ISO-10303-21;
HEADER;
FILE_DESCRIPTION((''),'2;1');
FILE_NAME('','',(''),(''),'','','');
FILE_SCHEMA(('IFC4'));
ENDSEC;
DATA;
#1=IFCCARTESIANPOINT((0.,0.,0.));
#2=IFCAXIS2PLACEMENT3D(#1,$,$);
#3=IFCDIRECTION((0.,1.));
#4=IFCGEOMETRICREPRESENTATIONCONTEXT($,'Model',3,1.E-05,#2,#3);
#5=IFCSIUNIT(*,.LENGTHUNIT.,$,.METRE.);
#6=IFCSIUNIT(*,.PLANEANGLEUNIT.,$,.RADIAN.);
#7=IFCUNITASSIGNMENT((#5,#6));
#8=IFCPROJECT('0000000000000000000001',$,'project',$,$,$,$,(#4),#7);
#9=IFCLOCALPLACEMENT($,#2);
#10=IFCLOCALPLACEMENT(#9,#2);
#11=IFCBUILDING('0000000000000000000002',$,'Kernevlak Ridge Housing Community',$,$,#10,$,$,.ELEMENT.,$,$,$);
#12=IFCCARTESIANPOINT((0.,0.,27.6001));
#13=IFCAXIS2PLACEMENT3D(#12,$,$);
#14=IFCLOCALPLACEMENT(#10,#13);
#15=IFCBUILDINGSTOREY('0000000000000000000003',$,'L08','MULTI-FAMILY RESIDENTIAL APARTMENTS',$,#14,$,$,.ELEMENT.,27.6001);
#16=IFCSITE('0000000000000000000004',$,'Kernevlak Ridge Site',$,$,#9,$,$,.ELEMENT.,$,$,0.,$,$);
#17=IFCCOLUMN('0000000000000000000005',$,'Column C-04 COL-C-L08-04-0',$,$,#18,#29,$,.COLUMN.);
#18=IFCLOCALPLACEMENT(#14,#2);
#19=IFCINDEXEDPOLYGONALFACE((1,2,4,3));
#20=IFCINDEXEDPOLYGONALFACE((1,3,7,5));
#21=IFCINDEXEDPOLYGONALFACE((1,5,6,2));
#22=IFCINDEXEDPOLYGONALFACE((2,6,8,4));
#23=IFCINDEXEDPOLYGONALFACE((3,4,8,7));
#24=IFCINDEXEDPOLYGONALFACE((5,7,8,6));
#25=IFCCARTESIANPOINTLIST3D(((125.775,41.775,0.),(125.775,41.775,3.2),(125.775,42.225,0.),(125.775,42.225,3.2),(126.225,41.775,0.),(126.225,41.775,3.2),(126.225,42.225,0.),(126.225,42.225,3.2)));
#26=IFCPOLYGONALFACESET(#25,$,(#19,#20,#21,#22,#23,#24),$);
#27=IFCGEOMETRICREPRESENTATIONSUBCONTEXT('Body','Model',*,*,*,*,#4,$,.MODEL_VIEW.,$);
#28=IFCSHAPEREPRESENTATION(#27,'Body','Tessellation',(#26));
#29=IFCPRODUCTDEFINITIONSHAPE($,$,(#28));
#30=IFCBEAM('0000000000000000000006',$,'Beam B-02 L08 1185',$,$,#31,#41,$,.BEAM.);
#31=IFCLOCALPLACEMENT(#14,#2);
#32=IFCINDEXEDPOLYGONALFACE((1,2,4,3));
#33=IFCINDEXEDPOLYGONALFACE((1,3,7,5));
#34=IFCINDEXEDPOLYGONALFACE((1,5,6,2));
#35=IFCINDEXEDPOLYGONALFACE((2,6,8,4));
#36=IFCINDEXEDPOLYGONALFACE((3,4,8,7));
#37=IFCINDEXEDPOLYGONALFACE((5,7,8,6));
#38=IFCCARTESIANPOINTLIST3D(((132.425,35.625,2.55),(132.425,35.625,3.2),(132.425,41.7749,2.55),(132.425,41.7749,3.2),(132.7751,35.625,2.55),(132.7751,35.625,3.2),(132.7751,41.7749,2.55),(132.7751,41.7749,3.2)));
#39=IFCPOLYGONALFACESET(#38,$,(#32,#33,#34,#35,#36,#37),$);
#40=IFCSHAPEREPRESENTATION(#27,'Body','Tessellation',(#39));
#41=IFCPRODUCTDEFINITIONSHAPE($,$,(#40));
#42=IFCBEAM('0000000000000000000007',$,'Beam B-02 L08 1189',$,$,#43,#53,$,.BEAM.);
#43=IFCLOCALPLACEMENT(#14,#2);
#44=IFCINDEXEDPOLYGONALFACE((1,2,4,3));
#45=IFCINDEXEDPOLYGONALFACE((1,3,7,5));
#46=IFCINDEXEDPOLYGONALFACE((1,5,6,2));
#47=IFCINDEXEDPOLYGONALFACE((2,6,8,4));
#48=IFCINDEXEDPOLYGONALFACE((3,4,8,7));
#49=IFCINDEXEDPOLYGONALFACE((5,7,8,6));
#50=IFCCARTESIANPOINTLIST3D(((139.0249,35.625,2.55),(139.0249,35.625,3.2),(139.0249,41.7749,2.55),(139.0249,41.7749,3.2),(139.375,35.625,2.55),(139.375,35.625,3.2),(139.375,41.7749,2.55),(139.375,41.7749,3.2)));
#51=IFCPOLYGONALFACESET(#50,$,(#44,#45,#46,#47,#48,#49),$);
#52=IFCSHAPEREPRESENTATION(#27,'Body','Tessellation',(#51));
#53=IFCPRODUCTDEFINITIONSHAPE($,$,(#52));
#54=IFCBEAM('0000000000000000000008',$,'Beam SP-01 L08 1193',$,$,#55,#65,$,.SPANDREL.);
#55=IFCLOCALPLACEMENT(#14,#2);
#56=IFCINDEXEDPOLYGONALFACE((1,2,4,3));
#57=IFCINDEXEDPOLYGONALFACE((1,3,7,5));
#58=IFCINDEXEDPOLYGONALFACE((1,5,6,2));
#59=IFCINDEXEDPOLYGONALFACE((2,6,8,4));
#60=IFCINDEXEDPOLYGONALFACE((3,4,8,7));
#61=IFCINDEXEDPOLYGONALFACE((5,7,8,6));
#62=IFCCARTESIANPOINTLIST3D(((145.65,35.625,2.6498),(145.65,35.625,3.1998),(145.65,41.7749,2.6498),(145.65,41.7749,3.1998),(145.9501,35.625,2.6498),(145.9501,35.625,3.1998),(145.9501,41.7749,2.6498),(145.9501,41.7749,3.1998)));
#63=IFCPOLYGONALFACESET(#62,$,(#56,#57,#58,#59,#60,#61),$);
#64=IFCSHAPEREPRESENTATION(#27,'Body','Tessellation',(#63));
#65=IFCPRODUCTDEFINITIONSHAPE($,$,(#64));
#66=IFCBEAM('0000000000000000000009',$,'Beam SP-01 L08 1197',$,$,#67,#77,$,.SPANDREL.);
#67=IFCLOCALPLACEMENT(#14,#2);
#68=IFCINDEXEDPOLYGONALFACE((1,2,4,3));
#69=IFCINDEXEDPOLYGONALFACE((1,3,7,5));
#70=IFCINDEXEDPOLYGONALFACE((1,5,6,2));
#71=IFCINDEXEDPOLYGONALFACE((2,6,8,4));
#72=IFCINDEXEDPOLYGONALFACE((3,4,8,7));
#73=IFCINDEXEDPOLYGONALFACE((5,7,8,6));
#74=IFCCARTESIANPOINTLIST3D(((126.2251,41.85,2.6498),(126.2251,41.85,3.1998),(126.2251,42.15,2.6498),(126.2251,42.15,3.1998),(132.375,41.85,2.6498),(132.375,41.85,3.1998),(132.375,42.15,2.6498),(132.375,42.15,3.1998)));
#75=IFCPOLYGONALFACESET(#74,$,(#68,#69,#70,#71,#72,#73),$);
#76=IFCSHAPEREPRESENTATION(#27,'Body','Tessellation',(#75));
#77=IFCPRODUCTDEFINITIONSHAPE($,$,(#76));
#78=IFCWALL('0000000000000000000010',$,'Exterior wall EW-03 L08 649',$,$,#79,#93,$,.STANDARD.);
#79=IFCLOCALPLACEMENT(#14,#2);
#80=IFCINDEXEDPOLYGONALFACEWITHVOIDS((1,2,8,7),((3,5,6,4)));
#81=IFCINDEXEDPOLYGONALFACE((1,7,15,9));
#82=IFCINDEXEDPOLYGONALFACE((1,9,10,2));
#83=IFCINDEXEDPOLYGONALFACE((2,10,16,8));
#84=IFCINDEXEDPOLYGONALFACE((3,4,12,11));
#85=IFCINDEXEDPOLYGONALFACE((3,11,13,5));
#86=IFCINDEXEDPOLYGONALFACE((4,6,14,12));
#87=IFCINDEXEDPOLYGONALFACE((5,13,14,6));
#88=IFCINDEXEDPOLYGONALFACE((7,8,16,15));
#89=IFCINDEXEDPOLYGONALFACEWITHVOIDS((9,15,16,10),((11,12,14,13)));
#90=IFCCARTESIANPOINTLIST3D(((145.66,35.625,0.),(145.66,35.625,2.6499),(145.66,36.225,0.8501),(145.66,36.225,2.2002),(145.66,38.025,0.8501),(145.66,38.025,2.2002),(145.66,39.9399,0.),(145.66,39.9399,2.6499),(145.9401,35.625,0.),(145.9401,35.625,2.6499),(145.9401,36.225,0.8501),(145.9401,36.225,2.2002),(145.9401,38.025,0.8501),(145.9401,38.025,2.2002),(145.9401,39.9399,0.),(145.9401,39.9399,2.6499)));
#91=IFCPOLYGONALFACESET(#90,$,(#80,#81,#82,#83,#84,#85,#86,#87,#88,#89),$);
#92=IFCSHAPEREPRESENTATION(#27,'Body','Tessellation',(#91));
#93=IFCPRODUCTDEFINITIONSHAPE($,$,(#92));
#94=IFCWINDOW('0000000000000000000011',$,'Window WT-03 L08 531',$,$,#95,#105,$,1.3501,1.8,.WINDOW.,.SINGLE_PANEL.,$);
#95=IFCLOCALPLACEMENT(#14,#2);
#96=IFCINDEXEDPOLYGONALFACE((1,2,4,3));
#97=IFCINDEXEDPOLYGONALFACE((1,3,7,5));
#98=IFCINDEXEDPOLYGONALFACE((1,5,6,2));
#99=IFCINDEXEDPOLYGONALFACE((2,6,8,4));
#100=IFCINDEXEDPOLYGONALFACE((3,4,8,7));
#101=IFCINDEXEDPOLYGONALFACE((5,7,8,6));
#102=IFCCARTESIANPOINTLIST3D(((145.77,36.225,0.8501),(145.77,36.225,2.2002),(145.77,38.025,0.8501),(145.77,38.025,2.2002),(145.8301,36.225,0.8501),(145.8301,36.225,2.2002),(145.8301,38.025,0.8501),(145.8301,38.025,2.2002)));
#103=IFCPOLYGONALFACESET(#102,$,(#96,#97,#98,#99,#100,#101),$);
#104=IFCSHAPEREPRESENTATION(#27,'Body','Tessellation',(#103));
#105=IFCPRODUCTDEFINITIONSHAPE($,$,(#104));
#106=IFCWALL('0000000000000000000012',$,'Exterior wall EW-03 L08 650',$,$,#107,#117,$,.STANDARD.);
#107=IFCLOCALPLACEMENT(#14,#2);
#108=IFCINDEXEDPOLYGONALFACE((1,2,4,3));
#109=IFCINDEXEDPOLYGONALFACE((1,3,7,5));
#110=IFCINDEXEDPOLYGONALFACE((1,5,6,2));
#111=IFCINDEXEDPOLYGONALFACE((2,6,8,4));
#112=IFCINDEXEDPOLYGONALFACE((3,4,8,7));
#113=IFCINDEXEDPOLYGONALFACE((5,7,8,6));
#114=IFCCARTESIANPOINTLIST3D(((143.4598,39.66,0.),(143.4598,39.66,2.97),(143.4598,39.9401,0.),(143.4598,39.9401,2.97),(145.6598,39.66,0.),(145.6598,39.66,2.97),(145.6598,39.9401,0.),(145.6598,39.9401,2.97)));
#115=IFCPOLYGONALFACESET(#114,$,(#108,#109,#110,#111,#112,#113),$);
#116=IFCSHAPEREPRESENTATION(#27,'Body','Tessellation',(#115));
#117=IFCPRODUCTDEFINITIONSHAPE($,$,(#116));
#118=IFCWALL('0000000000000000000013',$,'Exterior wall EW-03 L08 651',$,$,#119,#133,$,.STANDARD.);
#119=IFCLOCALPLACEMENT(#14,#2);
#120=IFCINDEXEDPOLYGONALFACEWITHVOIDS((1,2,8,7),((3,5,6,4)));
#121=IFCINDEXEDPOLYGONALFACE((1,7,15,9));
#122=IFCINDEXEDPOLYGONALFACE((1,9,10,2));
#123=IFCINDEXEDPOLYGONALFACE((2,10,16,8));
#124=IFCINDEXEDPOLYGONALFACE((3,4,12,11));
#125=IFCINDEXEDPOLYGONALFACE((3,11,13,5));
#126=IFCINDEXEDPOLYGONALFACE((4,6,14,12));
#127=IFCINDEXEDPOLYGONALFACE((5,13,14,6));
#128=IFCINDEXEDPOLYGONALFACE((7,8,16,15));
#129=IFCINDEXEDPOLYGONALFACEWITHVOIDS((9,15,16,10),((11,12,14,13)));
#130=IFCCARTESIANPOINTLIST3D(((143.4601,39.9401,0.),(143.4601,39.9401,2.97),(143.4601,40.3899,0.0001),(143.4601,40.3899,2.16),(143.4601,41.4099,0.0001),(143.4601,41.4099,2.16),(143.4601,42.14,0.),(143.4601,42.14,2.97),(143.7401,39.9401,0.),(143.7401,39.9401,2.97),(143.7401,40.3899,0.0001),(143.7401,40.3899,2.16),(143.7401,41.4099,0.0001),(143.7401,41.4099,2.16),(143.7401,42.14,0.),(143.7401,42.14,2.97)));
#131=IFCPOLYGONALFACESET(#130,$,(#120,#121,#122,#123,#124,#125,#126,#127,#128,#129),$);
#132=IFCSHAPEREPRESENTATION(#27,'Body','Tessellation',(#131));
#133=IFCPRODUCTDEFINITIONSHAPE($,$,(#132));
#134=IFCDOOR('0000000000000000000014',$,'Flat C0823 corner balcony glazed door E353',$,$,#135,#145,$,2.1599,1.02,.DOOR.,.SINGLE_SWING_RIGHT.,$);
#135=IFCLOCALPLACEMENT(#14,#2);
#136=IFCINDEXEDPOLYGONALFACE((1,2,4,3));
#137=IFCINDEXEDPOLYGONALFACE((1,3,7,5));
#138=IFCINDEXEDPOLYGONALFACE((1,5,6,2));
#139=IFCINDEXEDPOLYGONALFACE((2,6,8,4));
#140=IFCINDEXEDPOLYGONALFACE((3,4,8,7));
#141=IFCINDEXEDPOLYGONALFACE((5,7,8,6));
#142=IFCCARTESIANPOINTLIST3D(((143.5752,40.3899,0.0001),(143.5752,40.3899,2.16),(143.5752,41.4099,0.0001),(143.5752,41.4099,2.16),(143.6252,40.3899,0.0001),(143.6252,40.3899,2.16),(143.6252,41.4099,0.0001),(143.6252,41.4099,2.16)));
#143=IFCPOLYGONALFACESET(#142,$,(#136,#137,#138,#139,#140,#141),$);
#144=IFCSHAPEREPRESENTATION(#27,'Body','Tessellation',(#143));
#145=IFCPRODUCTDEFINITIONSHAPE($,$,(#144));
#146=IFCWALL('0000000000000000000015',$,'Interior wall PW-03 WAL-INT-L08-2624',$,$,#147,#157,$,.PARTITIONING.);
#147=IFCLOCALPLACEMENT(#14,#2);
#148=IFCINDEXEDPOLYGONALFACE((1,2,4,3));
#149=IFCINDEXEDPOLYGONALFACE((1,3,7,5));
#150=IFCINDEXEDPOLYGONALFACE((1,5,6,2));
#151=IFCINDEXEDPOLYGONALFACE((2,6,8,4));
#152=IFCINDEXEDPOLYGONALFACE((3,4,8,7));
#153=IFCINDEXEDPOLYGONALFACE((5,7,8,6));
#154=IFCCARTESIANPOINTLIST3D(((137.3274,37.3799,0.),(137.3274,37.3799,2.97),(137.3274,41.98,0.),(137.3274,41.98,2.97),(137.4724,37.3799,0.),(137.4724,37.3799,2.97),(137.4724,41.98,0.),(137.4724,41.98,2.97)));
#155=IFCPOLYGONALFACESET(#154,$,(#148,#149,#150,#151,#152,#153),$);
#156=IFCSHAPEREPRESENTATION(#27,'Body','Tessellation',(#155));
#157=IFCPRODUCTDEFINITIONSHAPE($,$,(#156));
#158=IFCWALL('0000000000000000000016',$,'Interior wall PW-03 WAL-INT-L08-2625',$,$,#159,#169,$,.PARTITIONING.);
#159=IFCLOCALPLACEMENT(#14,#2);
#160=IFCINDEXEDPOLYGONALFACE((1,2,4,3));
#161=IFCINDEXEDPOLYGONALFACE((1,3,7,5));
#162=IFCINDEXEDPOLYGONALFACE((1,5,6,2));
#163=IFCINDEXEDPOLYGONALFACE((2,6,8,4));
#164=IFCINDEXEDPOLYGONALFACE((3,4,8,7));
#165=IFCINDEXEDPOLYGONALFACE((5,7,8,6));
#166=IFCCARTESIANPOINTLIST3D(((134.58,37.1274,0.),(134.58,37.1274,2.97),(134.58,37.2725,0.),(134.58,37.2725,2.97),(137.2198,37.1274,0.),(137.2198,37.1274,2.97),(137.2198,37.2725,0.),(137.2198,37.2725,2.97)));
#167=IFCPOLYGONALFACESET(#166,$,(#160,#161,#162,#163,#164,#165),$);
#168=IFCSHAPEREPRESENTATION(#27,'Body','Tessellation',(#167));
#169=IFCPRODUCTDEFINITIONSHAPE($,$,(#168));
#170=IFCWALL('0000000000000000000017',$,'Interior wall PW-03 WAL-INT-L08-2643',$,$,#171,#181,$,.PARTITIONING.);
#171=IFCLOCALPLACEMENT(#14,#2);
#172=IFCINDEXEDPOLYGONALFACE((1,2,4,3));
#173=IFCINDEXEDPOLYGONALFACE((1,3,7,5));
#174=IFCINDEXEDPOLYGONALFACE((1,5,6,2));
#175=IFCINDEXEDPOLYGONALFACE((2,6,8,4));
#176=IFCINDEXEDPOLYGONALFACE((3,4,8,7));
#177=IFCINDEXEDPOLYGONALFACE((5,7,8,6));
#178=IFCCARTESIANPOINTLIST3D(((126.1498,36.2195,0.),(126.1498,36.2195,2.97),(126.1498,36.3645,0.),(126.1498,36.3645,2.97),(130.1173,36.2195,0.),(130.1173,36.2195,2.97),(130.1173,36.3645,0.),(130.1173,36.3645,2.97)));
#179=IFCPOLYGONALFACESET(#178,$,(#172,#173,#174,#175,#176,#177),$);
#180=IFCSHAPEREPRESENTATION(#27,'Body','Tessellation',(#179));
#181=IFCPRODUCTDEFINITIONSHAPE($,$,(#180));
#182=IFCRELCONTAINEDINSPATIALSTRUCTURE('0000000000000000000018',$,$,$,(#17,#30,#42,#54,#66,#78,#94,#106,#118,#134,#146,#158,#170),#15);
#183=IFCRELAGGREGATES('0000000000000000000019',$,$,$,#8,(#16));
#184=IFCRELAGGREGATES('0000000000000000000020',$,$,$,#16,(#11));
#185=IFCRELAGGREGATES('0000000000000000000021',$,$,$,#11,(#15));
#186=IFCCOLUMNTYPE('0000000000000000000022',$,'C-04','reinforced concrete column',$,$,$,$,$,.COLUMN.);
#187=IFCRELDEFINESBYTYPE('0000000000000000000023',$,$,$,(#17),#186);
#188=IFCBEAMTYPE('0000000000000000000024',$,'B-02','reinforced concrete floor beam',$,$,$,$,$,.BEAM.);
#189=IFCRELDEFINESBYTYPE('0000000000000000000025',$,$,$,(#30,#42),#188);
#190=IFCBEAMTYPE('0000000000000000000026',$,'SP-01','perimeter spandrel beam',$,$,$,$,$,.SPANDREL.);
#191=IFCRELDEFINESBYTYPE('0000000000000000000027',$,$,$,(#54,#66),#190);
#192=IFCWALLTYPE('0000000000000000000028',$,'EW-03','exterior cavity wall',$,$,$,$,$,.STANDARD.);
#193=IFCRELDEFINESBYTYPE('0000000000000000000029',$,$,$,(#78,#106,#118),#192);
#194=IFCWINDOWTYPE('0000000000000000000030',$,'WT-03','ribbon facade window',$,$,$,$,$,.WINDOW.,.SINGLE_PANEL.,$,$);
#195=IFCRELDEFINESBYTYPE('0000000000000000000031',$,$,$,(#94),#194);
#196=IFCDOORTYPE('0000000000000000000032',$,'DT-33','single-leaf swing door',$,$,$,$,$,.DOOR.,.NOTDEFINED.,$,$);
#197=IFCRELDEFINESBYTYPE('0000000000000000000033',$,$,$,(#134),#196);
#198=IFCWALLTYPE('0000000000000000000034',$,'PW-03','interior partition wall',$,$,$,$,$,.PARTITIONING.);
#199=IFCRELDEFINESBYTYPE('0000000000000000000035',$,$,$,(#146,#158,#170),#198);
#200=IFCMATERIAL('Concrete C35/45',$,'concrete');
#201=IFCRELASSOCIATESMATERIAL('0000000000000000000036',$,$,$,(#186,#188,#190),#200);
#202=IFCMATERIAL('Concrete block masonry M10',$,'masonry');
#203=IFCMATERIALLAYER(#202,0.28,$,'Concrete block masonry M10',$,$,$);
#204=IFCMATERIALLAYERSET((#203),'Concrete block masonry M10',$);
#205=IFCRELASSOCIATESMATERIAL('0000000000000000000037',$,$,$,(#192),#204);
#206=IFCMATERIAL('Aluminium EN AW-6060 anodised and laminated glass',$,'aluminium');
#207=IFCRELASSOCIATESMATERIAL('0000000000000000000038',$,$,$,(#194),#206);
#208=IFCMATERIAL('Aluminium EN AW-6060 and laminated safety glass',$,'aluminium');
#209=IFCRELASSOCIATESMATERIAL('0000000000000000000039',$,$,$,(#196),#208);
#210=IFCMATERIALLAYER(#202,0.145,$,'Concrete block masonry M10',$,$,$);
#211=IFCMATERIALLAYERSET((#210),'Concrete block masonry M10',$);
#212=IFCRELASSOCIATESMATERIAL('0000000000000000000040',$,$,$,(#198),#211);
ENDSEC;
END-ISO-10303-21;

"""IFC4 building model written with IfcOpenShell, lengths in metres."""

from ifc_helpers import new_model, si_unit, direction, frame, frame_2d, origin, origin_2d, place, context, subcontext, project, spatial, rectangle, extrude, material, layer, layer_set, material_profile, profile_set, type_object, element, fill, save


model = new_model("IFC4")

# Units and contexts
model_context = context("Model", 3, precision=1e-05, world=origin(), true_north=direction((0.0, 1.0)))
body_context = subcontext(model_context, "Body", "Model", "MODEL_VIEW")
ifc_project = project(units=[si_unit("LENGTHUNIT", "METRE"), si_unit("PLANEANGLEUNIT", "RADIAN")], contexts=[model_context])

# Site, building, storey
site_placement = place(None, origin())
site = spatial("IfcSite", under=ifc_project, at=site_placement, Name="Kernevlak Ridge Site", CompositionType="ELEMENT", RefElevation=0.0)
building_placement = place(site_placement, origin())
building = spatial("IfcBuilding", under=site, at=building_placement, Name="Kernevlak Ridge Housing Community", CompositionType="ELEMENT")
storey_placement = place(building_placement, frame((0.0, 0.0, 27.6001)))
storey = spatial("IfcBuildingStorey", under=building, at=storey_placement, Name="L08", Description="MULTI-FAMILY RESIDENTIAL APARTMENTS", CompositionType="ELEMENT", Elevation=27.6001)

# Column
ifc_material_1 = material(Name="Concrete C35/45", Category="concrete")
ifc_material_profile_1 = material_profile(ifc_material_1, rectangle(XDim=0.45, YDim=0.45, at=origin_2d()), Name="RC 450x450")
ifc_profile_set_1 = profile_set([ifc_material_profile_1], Name="Concrete C35/45")
column_type = type_object("IfcColumnType", Name="C-04", Description="reinforced concrete column", PredefinedType="COLUMN", material=ifc_profile_set_1)
column_placement = place(storey_placement, frame((126.0, 42.0, 0.0), z_axis=(0.0, 0.0, 1.0), x_axis=(1.0, 0.0, 0.0)))
element("IfcColumn", 1, at=column_placement, inside=storey, type_object=column_type, Name="Column C-04 COL-C-L08-04-0", PredefinedType="COLUMN", context=body_context, shape_type="SweptSolid", body=[
    extrude(rectangle(XDim=0.45, YDim=0.45, at=origin_2d()), origin(), (0.0, 0.0, 1.0), 3.2),
])

# Beams
ifc_material_profile_2 = material_profile(ifc_material_1, rectangle(XDim=0.3501, YDim=0.6499, at=origin_2d()), Name="RC 350x650")
ifc_profile_set_2 = profile_set([ifc_material_profile_2], Name="Concrete C35/45")
beam_type_1 = type_object("IfcBeamType", Name="B-02", Description="reinforced concrete floor beam", PredefinedType="BEAM", material=ifc_profile_set_2)
for number, where, z_axis, x_axis, name in (
    (2, (132.6001, 35.625, 2.875), (0.0, 1.0, 0.0), (-1.0, 0.0, 0.0), "Beam B-02 L08 1185"),
    (3, (139.2, 35.625, 2.875), (0.0, 1.0, 0.0), (-1.0, 0.0, 0.0), "Beam B-02 L08 1189"),
):
    element("IfcBeam", number, at=place(storey_placement, frame(where, z_axis=z_axis, x_axis=x_axis)), inside=storey, type_object=beam_type_1, Name=name, PredefinedType="BEAM", context=body_context, shape_type="SweptSolid", body=[
        extrude(rectangle(XDim=0.3501, YDim=0.6499, at=origin_2d()), origin(), (0.0, 0.0, 1.0), 6.1499),
    ])
ifc_material_profile_3 = material_profile(ifc_material_1, rectangle(XDim=0.3, YDim=0.55, at=origin_2d()), Name="RC 300x550")
ifc_profile_set_3 = profile_set([ifc_material_profile_3], Name="Concrete C35/45")
beam_type_2 = type_object("IfcBeamType", Name="SP-01", Description="perimeter spandrel beam", PredefinedType="SPANDREL", material=ifc_profile_set_3)
for number, where, z_axis, x_axis, name in (
    (4, (145.8, 35.625, 2.9248), (0.0, 1.0, 0.0), (-1.0, 0.0, 0.0), "Beam SP-01 L08 1193"),
    (5, (126.2251, 42.0, 2.9248), (1.0, 0.0, 0.0), (0.0, 1.0, 0.0), "Beam SP-01 L08 1197"),
):
    element("IfcBeam", number, at=place(storey_placement, frame(where, z_axis=z_axis, x_axis=x_axis)), inside=storey, type_object=beam_type_2, Name=name, PredefinedType="SPANDREL", context=body_context, shape_type="SweptSolid", body=[
        extrude(rectangle(XDim=0.3, YDim=0.55, at=origin_2d()), origin(), (0.0, 0.0, 1.0), 6.1499),
    ])

# Wall, opening, window
ifc_material_2 = material(Name="Concrete block masonry M10", Category="masonry")
ifc_layer_1 = layer(ifc_material_2, 0.28, Name="Concrete block masonry M10")
ifc_layer_set_1 = layer_set([ifc_layer_1], Name="Concrete block masonry M10")
wall_type_1 = type_object("IfcWallType", Name="EW-03", Description="exterior cavity wall", PredefinedType="STANDARD", material=ifc_layer_set_1)
wall_1_placement = place(storey_placement, frame((145.8, 35.625, 0.0), z_axis=(0.0, 0.0, 1.0), x_axis=(0.0, 1.0, 0.0)))
wall_1 = element("IfcWall", 6, at=wall_1_placement, inside=storey, type_object=wall_type_1, Name="Exterior wall EW-03 L08 649", PredefinedType="STANDARD", context=body_context, shape_type="SweptSolid", body=[
    extrude(rectangle(XDim=4.3149, YDim=0.28, at=frame_2d((2.1575, 0.0))), origin(), (0.0, 0.0, 1.0), 2.6499),
])
opening_1_placement = place(wall_1_placement, frame((0.6001, 0.0, 0.8501)))
opening_1 = element("IfcOpeningElement", 7, at=opening_1_placement, cuts=wall_1, PredefinedType="OPENING", context=body_context, shape_type="SweptSolid", body=[
    extrude(rectangle(XDim=1.8, YDim=1.3501, at=frame_2d((0.8999, 0.675))), frame((0.0, 0.1499, 0.0), z_axis=(0.0, -1.0, 0.0), x_axis=(1.0, 0.0, 0.0)), (0.0, 0.0, 1.0), 0.3),
])
ifc_material_3 = material(Name="Aluminium EN AW-6060 anodised and laminated glass", Category="aluminium")
window_type = type_object("IfcWindowType", Name="WT-03", Description="ribbon facade window", PartitioningType="SINGLE_PANEL", PredefinedType="WINDOW", material=ifc_material_3)
window_placement = place(opening_1_placement, origin())
window = element("IfcWindow", 8, at=window_placement, inside=storey, type_object=window_type, Name="Window WT-03 L08 531", OverallHeight=1.3501, OverallWidth=1.8, PartitioningType="SINGLE_PANEL", PredefinedType="WINDOW", context=body_context, shape_type="SweptSolid", body=[
    extrude(rectangle(XDim=1.8, YDim=1.3501, at=frame_2d((0.8999, 0.675))), frame((0.0, 0.03, 0.0), z_axis=(0.0, -1.0, 0.0), x_axis=(1.0, 0.0, 0.0)), (0.0, 0.0, 1.0), 0.0601),
])
fill(opening_1, window)

# Wall
wall_2_placement = place(storey_placement, frame((145.6599, 39.8, 0.0), z_axis=(0.0, 0.0, 1.0), x_axis=(-1.0, 0.0, 0.0)))
element("IfcWall", 9, at=wall_2_placement, inside=storey, type_object=wall_type_1, Name="Exterior wall EW-03 L08 650", PredefinedType="STANDARD", context=body_context, shape_type="SweptSolid", body=[
    extrude(rectangle(XDim=2.2, YDim=0.28, at=frame_2d((1.1001, 0.0))), origin(), (0.0, 0.0, 1.0), 2.97),
])

# Wall, opening, door
wall_3_placement = place(storey_placement, frame((143.6001, 39.9399, 0.0), z_axis=(0.0, 0.0, 1.0), x_axis=(0.0, 1.0, 0.0)))
wall_3 = element("IfcWall", 10, at=wall_3_placement, inside=storey, type_object=wall_type_1, Name="Exterior wall EW-03 L08 651", PredefinedType="STANDARD", context=body_context, shape_type="SweptSolid", body=[
    extrude(rectangle(XDim=2.2, YDim=0.28, at=frame_2d((1.1001, 0.0))), origin(), (0.0, 0.0, 1.0), 2.97),
])
opening_2_placement = place(wall_3_placement, frame((0.45, 0.0, 0.0)))
opening_2 = element("IfcOpeningElement", 11, at=opening_2_placement, cuts=wall_3, PredefinedType="OPENING", context=body_context, shape_type="SweptSolid", body=[
    extrude(rectangle(XDim=1.02, YDim=2.1599, at=frame_2d((0.51, 1.0801))), frame((0.0, 0.1499, 0.0), z_axis=(0.0, -1.0, 0.0), x_axis=(1.0, 0.0, 0.0)), (0.0, 0.0, 1.0), 0.3),
])
ifc_material_4 = material(Name="Aluminium EN AW-6060 and laminated safety glass", Category="aluminium")
door_type_1 = type_object("IfcDoorType", Name="DT-33", Description="single-leaf swing door", OperationType="NOTDEFINED", PredefinedType="DOOR", material=ifc_material_4)
door_1_placement = place(opening_2_placement, origin())
door_1 = element("IfcDoor", 12, at=door_1_placement, inside=storey, type_object=door_type_1, Name="Flat C0823 corner balcony glazed door E353", OperationType="SINGLE_SWING_RIGHT", OverallHeight=2.1599, OverallWidth=1.02, PredefinedType="DOOR", context=body_context, shape_type="SweptSolid", body=[
    extrude(rectangle(XDim=1.02, YDim=2.1599, at=frame_2d((0.51, 1.0801))), frame((0.0, 0.0249, 0.0), z_axis=(0.0, -1.0, 0.0), x_axis=(1.0, 0.0, 0.0)), (0.0, 0.0, 1.0), 0.05),
])
fill(opening_2, door_1)
ifc_layer_2 = layer(ifc_material_2, 0.145, Name="Concrete block masonry M10")
ifc_layer_set_2 = layer_set([ifc_layer_2], Name="Concrete block masonry M10")
wall_type_2 = type_object("IfcWallType", Name="PW-03", Description="interior partition wall", PredefinedType="PARTITIONING", material=ifc_layer_set_2)

# Walls
wall_4_placement = place(storey_placement, frame((137.3999, 37.3799, 0.0), z_axis=(0.0, 0.0, 1.0), x_axis=(0.0, 1.0, 0.0)))
element("IfcWall", 13, at=wall_4_placement, inside=storey, type_object=wall_type_2, Name="Interior wall PW-03 WAL-INT-L08-2624", PredefinedType="PARTITIONING", context=body_context, shape_type="SweptSolid", body=[
    extrude(rectangle(XDim=4.6001, YDim=0.145, at=frame_2d((2.3, 0.0))), origin(), (0.0, 0.0, 1.0), 2.97),
])
wall_5_placement = place(storey_placement, frame((134.5801, 37.2, 0.0), z_axis=(0.0, 0.0, 1.0), x_axis=(1.0, 0.0, 0.0)))
element("IfcWall", 14, at=wall_5_placement, inside=storey, type_object=wall_type_2, Name="Interior wall PW-03 WAL-INT-L08-2625", PredefinedType="PARTITIONING", context=body_context, shape_type="SweptSolid", body=[
    extrude(rectangle(XDim=2.6399, YDim=0.145, at=frame_2d((1.3198, 0.0))), origin(), (0.0, 0.0, 1.0), 2.97),
])
wall_6_placement = place(storey_placement, frame((130.1174, 36.292, 0.0), z_axis=(0.0, 0.0, 1.0), x_axis=(-1.0, 0.0, 0.0)))
element("IfcWall", 15, at=wall_6_placement, inside=storey, type_object=wall_type_2, Name="Interior wall PW-03 WAL-INT-L08-2643", PredefinedType="PARTITIONING", context=body_context, shape_type="SweptSolid", body=[
    extrude(rectangle(XDim=3.9675, YDim=0.145, at=frame_2d((1.9839, 0.0))), origin(), (0.0, 0.0, 1.0), 2.97),
])

save(model, "model.ifc")
